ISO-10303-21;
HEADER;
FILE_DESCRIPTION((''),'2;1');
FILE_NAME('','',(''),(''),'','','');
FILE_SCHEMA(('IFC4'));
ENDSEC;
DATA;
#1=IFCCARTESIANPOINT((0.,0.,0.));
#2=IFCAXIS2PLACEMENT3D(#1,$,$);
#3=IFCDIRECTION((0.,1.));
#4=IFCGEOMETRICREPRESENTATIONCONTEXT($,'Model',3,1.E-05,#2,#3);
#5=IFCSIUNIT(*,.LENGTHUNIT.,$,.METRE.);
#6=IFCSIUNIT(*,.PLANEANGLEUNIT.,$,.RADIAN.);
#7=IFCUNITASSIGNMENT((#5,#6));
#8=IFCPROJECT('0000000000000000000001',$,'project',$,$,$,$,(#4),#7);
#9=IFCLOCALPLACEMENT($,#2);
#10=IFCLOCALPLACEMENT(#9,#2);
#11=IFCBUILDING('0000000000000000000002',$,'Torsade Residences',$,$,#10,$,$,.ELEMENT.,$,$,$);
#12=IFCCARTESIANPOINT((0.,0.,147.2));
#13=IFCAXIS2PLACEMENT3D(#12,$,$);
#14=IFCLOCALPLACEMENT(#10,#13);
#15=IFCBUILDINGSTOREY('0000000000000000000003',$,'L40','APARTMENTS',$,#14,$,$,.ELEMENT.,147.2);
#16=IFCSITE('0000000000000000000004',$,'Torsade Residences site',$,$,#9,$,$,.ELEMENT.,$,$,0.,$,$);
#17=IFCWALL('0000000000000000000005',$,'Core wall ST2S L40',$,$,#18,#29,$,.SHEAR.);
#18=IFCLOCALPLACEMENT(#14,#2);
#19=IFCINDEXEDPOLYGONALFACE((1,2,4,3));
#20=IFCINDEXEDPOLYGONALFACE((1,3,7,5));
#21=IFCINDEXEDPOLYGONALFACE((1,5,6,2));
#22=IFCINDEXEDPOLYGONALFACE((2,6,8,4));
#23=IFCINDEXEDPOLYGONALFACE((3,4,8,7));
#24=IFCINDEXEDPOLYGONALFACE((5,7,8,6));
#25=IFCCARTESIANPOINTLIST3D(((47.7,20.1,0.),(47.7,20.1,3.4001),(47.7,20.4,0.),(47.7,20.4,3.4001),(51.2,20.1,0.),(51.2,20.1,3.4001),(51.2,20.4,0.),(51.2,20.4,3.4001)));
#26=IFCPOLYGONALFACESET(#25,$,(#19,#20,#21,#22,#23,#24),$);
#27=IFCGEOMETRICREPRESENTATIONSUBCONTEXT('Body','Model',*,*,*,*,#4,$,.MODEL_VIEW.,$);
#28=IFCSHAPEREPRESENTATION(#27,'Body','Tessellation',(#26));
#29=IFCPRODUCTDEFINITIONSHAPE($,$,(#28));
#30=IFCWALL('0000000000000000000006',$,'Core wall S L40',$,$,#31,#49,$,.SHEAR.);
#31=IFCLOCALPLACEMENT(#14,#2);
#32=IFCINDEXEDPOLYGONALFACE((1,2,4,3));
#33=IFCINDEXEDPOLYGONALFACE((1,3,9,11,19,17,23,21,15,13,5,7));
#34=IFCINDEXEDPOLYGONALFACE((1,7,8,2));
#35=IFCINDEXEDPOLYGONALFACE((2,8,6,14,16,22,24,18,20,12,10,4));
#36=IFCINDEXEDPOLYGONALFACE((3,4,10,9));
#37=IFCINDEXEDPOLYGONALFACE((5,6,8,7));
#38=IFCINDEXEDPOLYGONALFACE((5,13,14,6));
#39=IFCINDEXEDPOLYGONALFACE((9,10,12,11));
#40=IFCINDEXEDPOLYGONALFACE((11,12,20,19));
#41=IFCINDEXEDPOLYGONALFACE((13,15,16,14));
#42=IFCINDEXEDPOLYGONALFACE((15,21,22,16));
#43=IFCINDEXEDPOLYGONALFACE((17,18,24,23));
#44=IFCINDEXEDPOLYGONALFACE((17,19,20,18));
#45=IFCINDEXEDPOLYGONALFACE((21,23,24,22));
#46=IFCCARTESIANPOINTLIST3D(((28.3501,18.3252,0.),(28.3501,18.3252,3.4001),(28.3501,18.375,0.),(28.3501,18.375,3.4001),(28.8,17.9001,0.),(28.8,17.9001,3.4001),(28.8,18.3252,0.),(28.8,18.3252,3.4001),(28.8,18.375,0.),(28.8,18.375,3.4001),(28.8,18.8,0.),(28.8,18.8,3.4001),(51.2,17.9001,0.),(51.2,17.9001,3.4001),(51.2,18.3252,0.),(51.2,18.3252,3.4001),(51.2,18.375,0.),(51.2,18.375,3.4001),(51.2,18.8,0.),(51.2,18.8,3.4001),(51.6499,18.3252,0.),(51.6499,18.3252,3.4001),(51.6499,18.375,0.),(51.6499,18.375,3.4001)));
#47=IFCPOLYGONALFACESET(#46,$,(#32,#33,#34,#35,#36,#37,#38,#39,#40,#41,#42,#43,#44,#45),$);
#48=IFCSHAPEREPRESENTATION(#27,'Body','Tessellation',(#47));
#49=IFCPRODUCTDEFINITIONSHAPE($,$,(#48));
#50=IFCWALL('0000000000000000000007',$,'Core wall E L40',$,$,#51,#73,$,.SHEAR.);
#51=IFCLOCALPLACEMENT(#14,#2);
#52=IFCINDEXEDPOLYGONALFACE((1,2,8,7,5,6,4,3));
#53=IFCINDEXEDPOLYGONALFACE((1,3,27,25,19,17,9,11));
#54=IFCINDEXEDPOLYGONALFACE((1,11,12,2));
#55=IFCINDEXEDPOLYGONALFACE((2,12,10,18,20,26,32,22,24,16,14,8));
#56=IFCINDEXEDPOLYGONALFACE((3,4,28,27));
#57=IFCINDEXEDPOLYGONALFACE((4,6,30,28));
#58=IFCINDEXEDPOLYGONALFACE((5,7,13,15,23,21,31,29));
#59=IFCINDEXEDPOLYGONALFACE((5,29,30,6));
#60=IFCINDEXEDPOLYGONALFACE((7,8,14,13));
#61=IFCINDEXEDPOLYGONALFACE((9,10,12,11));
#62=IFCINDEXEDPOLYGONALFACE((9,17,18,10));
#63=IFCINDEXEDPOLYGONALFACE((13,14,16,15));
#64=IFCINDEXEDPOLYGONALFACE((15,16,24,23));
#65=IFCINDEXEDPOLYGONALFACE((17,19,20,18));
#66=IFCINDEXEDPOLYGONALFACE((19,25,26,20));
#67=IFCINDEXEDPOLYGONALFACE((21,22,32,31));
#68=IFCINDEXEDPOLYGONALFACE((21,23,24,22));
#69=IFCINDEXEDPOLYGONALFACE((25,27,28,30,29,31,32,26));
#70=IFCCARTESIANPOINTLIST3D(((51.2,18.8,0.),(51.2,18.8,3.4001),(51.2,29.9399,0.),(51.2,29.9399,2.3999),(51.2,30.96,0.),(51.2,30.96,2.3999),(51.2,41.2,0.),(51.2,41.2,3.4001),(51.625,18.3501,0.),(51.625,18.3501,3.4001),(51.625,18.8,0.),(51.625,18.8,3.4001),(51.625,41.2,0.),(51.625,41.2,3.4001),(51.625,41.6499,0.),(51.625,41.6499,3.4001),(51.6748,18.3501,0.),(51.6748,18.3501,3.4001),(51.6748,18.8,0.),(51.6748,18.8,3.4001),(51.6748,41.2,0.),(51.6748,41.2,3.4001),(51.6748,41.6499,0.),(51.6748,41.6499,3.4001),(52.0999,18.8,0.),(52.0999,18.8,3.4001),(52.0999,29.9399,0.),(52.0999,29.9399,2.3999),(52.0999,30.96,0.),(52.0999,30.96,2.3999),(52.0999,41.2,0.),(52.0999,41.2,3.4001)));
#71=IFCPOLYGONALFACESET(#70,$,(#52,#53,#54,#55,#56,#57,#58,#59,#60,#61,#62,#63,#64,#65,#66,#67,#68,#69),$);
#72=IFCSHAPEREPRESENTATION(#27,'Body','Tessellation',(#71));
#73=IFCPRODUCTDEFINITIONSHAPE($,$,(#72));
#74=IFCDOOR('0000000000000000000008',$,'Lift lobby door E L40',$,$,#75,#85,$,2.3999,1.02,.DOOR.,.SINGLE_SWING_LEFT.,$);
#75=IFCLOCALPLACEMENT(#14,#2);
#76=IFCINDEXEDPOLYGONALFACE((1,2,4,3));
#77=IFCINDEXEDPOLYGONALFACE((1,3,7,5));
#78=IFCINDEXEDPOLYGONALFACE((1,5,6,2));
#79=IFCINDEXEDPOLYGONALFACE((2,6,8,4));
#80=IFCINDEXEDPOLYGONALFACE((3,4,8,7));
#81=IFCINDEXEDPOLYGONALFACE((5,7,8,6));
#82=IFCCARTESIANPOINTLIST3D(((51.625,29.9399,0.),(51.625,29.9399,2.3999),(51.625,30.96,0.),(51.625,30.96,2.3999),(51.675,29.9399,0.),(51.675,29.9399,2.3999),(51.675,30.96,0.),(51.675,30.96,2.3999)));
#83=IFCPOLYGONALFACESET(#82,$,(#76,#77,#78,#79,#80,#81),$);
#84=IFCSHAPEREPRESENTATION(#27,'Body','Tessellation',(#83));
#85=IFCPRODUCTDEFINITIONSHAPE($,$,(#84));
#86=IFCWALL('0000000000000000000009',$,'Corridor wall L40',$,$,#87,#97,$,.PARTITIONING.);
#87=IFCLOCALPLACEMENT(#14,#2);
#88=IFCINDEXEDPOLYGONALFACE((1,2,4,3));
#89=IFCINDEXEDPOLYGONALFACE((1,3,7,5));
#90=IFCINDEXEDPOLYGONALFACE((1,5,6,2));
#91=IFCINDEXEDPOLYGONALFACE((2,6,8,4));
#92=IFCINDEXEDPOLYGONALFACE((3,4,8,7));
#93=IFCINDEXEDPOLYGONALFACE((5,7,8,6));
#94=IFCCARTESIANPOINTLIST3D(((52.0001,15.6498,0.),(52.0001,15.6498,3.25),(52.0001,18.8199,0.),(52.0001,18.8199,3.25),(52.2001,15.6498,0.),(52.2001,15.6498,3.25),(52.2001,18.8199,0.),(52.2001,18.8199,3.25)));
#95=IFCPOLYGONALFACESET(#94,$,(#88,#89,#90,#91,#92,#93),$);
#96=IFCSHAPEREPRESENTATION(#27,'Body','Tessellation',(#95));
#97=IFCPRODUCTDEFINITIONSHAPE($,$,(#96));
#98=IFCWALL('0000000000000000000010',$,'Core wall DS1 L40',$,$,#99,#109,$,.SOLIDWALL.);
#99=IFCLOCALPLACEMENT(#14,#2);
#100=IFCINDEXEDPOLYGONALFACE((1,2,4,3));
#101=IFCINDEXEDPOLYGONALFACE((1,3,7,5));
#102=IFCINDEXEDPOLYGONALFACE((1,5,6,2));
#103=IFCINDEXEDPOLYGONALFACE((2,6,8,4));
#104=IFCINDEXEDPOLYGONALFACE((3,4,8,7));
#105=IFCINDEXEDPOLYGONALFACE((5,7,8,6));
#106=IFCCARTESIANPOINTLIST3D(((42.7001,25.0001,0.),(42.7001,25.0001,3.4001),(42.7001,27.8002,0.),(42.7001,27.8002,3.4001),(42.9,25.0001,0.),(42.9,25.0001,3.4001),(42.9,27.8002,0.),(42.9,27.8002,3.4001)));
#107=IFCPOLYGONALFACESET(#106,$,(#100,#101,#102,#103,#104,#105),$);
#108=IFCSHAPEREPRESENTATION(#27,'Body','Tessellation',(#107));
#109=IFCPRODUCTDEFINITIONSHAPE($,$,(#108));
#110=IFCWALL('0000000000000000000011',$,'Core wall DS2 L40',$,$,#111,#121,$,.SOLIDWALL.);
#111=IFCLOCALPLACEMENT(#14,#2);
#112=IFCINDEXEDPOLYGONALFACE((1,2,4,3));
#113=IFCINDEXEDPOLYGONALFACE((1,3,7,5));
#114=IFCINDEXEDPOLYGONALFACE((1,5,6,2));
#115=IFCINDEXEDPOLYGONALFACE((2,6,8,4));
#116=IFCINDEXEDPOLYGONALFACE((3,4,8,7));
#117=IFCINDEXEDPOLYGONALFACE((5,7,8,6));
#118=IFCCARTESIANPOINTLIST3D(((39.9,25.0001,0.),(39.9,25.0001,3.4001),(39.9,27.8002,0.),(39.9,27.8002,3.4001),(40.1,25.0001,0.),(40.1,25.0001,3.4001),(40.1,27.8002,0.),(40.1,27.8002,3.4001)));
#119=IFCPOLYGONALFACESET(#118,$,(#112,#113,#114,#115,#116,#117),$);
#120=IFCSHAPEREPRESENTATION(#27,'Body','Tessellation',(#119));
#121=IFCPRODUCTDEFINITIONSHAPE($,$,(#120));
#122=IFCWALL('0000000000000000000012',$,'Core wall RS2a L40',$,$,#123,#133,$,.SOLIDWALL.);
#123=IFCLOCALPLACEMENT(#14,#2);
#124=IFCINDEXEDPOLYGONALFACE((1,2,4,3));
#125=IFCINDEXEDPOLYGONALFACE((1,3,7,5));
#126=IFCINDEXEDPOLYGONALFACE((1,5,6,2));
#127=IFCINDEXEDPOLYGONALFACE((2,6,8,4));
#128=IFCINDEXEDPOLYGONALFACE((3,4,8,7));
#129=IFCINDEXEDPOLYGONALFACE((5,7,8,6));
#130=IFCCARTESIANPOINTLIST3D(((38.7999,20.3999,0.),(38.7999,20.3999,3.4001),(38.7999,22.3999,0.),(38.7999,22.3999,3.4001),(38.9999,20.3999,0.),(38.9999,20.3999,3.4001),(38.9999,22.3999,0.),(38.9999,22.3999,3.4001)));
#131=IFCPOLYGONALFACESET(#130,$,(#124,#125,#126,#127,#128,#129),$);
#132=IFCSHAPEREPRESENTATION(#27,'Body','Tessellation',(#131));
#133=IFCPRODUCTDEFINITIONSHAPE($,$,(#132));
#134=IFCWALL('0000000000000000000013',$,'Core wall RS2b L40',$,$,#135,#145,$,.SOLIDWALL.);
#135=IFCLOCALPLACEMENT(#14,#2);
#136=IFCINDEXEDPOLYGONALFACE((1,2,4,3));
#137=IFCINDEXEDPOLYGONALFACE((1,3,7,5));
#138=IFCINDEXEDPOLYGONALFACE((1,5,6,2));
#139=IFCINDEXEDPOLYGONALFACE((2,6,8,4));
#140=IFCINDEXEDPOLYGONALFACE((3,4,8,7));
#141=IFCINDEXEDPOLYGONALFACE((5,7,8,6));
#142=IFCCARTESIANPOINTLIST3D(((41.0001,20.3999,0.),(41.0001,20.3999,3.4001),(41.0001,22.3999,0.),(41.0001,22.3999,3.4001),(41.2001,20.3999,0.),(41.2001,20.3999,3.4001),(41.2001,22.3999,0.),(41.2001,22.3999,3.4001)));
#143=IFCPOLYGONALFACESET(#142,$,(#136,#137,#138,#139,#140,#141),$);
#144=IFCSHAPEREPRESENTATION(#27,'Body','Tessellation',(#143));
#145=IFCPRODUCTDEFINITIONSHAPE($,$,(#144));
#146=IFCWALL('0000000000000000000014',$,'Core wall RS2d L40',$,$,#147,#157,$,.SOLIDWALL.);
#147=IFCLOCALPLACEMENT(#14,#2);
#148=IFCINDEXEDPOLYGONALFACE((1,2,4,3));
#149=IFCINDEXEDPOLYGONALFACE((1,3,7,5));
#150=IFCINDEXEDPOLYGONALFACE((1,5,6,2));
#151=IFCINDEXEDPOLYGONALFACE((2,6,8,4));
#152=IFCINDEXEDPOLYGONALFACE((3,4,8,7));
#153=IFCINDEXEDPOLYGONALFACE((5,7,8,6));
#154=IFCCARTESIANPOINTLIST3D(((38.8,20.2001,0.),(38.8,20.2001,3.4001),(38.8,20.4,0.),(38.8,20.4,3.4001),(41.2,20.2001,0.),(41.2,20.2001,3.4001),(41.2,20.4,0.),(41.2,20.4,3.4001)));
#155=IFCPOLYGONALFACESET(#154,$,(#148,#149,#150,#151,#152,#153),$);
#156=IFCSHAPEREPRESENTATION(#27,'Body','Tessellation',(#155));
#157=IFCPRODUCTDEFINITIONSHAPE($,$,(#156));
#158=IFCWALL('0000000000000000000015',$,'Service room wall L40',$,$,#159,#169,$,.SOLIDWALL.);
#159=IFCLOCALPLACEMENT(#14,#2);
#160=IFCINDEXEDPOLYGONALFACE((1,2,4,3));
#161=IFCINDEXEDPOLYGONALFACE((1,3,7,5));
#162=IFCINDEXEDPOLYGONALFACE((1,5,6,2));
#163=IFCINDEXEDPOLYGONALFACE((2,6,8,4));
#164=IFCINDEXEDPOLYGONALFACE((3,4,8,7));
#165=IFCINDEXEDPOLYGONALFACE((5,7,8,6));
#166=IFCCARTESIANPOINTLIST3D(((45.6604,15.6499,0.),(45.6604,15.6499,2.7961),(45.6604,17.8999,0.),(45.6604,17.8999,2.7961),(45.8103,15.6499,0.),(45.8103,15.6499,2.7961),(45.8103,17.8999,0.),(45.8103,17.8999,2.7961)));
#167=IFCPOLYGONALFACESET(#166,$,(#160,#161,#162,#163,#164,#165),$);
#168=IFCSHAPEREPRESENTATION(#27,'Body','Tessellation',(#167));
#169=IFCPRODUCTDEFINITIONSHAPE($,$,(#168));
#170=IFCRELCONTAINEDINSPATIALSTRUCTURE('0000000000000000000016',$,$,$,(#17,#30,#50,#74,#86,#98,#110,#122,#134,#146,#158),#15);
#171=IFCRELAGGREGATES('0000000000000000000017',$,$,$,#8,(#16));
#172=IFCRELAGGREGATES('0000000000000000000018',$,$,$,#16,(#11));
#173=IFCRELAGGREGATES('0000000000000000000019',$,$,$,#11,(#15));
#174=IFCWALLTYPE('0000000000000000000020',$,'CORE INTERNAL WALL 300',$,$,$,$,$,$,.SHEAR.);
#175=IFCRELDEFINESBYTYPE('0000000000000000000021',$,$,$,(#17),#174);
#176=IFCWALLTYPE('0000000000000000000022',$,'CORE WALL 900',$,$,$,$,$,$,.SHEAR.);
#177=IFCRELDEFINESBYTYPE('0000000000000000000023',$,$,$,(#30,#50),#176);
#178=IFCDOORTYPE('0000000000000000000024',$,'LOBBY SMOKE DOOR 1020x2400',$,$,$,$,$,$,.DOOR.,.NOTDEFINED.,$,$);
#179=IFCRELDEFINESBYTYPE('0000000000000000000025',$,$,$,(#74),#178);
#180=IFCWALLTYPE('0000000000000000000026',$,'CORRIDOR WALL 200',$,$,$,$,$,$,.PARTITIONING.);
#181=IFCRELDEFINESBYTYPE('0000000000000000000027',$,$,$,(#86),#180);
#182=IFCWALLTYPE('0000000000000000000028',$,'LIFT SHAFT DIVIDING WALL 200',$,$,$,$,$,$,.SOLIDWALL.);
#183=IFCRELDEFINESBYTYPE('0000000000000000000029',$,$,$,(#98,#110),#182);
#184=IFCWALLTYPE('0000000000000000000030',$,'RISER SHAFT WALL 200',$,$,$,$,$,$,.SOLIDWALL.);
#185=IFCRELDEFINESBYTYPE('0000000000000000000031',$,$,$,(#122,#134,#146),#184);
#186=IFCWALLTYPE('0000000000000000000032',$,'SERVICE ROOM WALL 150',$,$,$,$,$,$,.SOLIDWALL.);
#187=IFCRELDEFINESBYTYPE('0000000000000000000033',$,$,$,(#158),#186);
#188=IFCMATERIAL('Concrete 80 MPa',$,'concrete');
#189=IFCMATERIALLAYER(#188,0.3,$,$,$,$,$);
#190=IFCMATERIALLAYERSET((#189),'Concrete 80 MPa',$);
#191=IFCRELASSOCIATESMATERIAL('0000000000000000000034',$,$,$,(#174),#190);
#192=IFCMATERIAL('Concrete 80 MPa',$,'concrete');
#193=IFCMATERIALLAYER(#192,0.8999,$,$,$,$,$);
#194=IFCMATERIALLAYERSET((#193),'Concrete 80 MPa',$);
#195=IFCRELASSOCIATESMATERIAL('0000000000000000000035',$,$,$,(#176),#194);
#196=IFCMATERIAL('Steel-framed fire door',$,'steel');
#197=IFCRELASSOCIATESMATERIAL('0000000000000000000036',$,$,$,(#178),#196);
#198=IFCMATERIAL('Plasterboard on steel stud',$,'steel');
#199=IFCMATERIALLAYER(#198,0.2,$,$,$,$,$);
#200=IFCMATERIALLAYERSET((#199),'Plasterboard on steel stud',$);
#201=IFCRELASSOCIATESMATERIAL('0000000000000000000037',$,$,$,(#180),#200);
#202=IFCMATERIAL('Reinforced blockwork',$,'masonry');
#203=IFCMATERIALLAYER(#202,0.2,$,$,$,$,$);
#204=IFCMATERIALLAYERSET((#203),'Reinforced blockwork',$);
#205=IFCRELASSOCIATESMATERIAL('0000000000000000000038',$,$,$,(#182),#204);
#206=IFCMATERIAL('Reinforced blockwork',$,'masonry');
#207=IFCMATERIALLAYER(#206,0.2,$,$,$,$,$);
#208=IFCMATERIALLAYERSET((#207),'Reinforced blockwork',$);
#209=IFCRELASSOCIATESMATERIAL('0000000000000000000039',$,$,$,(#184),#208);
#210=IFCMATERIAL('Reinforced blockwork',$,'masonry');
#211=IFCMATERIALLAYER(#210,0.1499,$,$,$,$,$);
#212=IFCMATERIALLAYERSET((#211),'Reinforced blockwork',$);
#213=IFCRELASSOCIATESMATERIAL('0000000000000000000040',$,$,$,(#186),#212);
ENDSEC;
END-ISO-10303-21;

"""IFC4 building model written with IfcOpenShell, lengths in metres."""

from ifc_helpers import new_model, si_unit, direction, frame, frame_2d, origin, place, context, subcontext, project, spatial, polyline, rectangle, outline, extrude, material, layer, layer_set, type_object, element, fill, save


model = new_model("IFC4")

# Units and contexts
model_context = context("Model", 3, precision=1e-05, world=origin(), true_north=direction((0.0, 1.0)))
body_context = subcontext(model_context, "Body", "Model", "MODEL_VIEW")
ifc_project = project(units=[si_unit("LENGTHUNIT", "METRE"), si_unit("PLANEANGLEUNIT", "RADIAN")], contexts=[model_context])

# Site, building, storey
site_placement = place(None, origin())
site = spatial("IfcSite", under=ifc_project, at=site_placement, Name="Torsade Residences site", CompositionType="ELEMENT", RefElevation=0.0)
building_placement = place(site_placement, origin())
building = spatial("IfcBuilding", under=site, at=building_placement, Name="Torsade Residences", CompositionType="ELEMENT")
storey_placement = place(building_placement, frame((0.0, 0.0, 147.2)))
storey = spatial("IfcBuildingStorey", under=building, at=storey_placement, Name="L40", Description="APARTMENTS", CompositionType="ELEMENT", Elevation=147.2)

# Shared definitions
ifc_material_1 = material(Name="Concrete 80 MPa", Category="concrete")
ifc_layer_1 = layer(ifc_material_1, 0.3)
ifc_layer_set_1 = layer_set([ifc_layer_1], Name="Concrete 80 MPa")
wall_type_1 = type_object("IfcWallType", Name="CORE INTERNAL WALL 300", PredefinedType="SHEAR", material=ifc_layer_set_1)

# Walls
wall_1_placement = place(storey_placement, frame((51.2, 20.25, 0.0), z_axis=(0.0, 0.0, 1.0), x_axis=(-1.0, 0.0, 0.0)))
element("IfcWall", 1, at=wall_1_placement, inside=storey, type_object=wall_type_1, Name="Core wall ST2S L40", PredefinedType="SHEAR", context=body_context, shape_type="SweptSolid", body=[
    extrude(rectangle(XDim=3.5, YDim=0.3, at=frame_2d((1.75, 0.0))), origin(), (0.0, 0.0, 1.0), 3.4001),
])
ifc_material_2 = material(Name="Concrete 80 MPa", Category="concrete")
ifc_layer_2 = layer(ifc_material_2, 0.8999)
ifc_layer_set_2 = layer_set([ifc_layer_2], Name="Concrete 80 MPa")
wall_type_2 = type_object("IfcWallType", Name="CORE WALL 900", PredefinedType="SHEAR", material=ifc_layer_set_2)
wall_2_placement = place(storey_placement, frame((51.2, 18.3501, 0.0), z_axis=(0.0, 0.0, 1.0), x_axis=(-1.0, 0.0, 0.0)))
element("IfcWall", 2, at=wall_2_placement, inside=storey, type_object=wall_type_2, Name="Core wall S L40", PredefinedType="SHEAR", context=body_context, shape_type="SweptSolid", body=[
    extrude(outline(polyline([(0.0, -0.45), (22.3999, -0.45), (22.3999, -0.0249), (22.8499, -0.0249), (22.8499, 0.0249), (22.3999, 0.0249), (22.3999, 0.45), (0.0, 0.45), (0.0, 0.0249), (-0.45, 0.0249), (-0.45, -0.0249), (0.0, -0.0249), (0.0, -0.45)])), origin(), (0.0, 0.0, 1.0), 3.4001),
])

# Wall, opening, door
wall_3_placement = place(storey_placement, frame((51.6499, 18.8, 0.0), z_axis=(0.0, 0.0, 1.0), x_axis=(0.0, 1.0, 0.0)))
wall_3 = element("IfcWall", 3, at=wall_3_placement, inside=storey, type_object=wall_type_2, Name="Core wall E L40", PredefinedType="SHEAR", context=body_context, shape_type="SweptSolid", body=[
    extrude(outline(polyline([(0.0, -0.45), (22.3999, -0.45), (22.3999, -0.0249), (22.8499, -0.0249), (22.8499, 0.0249), (22.3999, 0.0249), (22.3999, 0.45), (0.0, 0.45), (0.0, 0.0249), (-0.45, 0.0249), (-0.45, -0.0249), (0.0, -0.0249), (0.0, -0.45)])), origin(), (0.0, 0.0, 1.0), 3.4001),
])
opening_1_placement = place(wall_3_placement, frame((11.1399, 0.0, 0.0)))
opening_1 = element("IfcOpeningElement", 4, at=opening_1_placement, cuts=wall_3, PredefinedType="OPENING", context=body_context, shape_type="SweptSolid", body=[
    extrude(rectangle(XDim=1.02, YDim=2.3999, at=frame_2d((0.51, 1.2))), frame((0.0, 0.46, 0.0), z_axis=(0.0, -1.0, 0.0), x_axis=(1.0, 0.0, 0.0)), (0.0, 0.0, 1.0), 0.9199),
])
ifc_material_3 = material(Name="Steel-framed fire door", Category="steel")
door_type_1 = type_object("IfcDoorType", Name="LOBBY SMOKE DOOR 1020x2400", OperationType="NOTDEFINED", PredefinedType="DOOR", material=ifc_material_3)
door_1_placement = place(opening_1_placement, origin())
door_1 = element("IfcDoor", 5, at=door_1_placement, inside=storey, type_object=door_type_1, Name="Lift lobby door E L40", OperationType="SINGLE_SWING_LEFT", OverallHeight=2.3999, OverallWidth=1.02, PredefinedType="DOOR", context=body_context, shape_type="SweptSolid", body=[
    extrude(rectangle(XDim=1.02, YDim=2.3999, at=frame_2d((0.51, 1.2))), frame((0.0, 0.0249, 0.0), z_axis=(0.0, -1.0, 0.0), x_axis=(1.0, 0.0, 0.0)), (0.0, 0.0, 1.0), 0.05),
])
fill(opening_1, door_1)

# Walls
ifc_material_4 = material(Name="Plasterboard on steel stud", Category="steel")
ifc_layer_3 = layer(ifc_material_4, 0.2)
ifc_layer_set_3 = layer_set([ifc_layer_3], Name="Plasterboard on steel stud")
wall_type_3 = type_object("IfcWallType", Name="CORRIDOR WALL 200", PredefinedType="PARTITIONING", material=ifc_layer_set_3)
wall_4_placement = place(storey_placement, frame((52.1001, 15.6499, 0.0), z_axis=(0.0, 0.0, 1.0), x_axis=(0.0, 1.0, 0.0)))
element("IfcWall", 6, at=wall_4_placement, inside=storey, type_object=wall_type_3, Name="Corridor wall L40", PredefinedType="PARTITIONING", context=body_context, shape_type="SweptSolid", body=[
    extrude(rectangle(XDim=3.1702, YDim=0.2, at=frame_2d((1.585, 0.0))), origin(), (0.0, 0.0, 1.0), 3.25),
])
ifc_material_5 = material(Name="Reinforced blockwork", Category="masonry")
ifc_layer_4 = layer(ifc_material_5, 0.2)
ifc_layer_set_4 = layer_set([ifc_layer_4], Name="Reinforced blockwork")
wall_type_4 = type_object("IfcWallType", Name="LIFT SHAFT DIVIDING WALL 200", PredefinedType="SOLIDWALL", material=ifc_layer_set_4)
for number, where, z_axis, x_axis, name in (
    (7, (42.8, 27.8, 0.0), (0.0, 0.0, 1.0), (0.0, -1.0, 0.0), "Core wall DS1 L40"),
    (8, (40.0, 27.8, 0.0), (0.0, 0.0, 1.0), (0.0, -1.0, 0.0), "Core wall DS2 L40"),
):
    element("IfcWall", number, at=place(storey_placement, frame(where, z_axis=z_axis, x_axis=x_axis)), inside=storey, type_object=wall_type_4, Name=name, PredefinedType="SOLIDWALL", context=body_context, shape_type="SweptSolid", body=[
        extrude(rectangle(XDim=2.8, YDim=0.2, at=frame_2d((1.3999, 0.0))), origin(), (0.0, 0.0, 1.0), 3.4001),
    ])
ifc_material_6 = material(Name="Reinforced blockwork", Category="masonry")
ifc_layer_5 = layer(ifc_material_6, 0.2)
ifc_layer_set_5 = layer_set([ifc_layer_5], Name="Reinforced blockwork")
wall_type_5 = type_object("IfcWallType", Name="RISER SHAFT WALL 200", PredefinedType="SOLIDWALL", material=ifc_layer_set_5)
for number, where, z_axis, x_axis, name in (
    (9, (38.8999, 22.3999, 0.0), (0.0, 0.0, 1.0), (0.0, -1.0, 0.0), "Core wall RS2a L40"),
    (10, (41.1001, 22.3999, 0.0), (0.0, 0.0, 1.0), (0.0, -1.0, 0.0), "Core wall RS2b L40"),
):
    element("IfcWall", number, at=place(storey_placement, frame(where, z_axis=z_axis, x_axis=x_axis)), inside=storey, type_object=wall_type_5, Name=name, PredefinedType="SOLIDWALL", context=body_context, shape_type="SweptSolid", body=[
        extrude(rectangle(XDim=2.0, YDim=0.2, at=frame_2d((1.0, 0.0))), origin(), (0.0, 0.0, 1.0), 3.4001),
    ])
wall_5_placement = place(storey_placement, frame((38.8, 20.3, 0.0), z_axis=(0.0, 0.0, 1.0), x_axis=(1.0, 0.0, 0.0)))
element("IfcWall", 11, at=wall_5_placement, inside=storey, type_object=wall_type_5, Name="Core wall RS2d L40", PredefinedType="SOLIDWALL", context=body_context, shape_type="SweptSolid", body=[
    extrude(rectangle(XDim=2.3999, YDim=0.2, at=frame_2d((1.2, 0.0))), origin(), (0.0, 0.0, 1.0), 3.4001),
])
ifc_material_7 = material(Name="Reinforced blockwork", Category="masonry")
ifc_layer_6 = layer(ifc_material_7, 0.1499)
ifc_layer_set_6 = layer_set([ifc_layer_6], Name="Reinforced blockwork")
wall_type_6 = type_object("IfcWallType", Name="SERVICE ROOM WALL 150", PredefinedType="SOLIDWALL", material=ifc_layer_set_6)
wall_6_placement = place(storey_placement, frame((45.7354, 15.6499, 0.0), z_axis=(0.0, 0.0, 1.0), x_axis=(0.0, 1.0, 0.0)))
element("IfcWall", 12, at=wall_6_placement, inside=storey, type_object=wall_type_6, Name="Service room wall L40", PredefinedType="SOLIDWALL", context=body_context, shape_type="SweptSolid", body=[
    extrude(rectangle(XDim=2.25, YDim=0.1499, at=frame_2d((1.125, 0.0))), origin(), (0.0, 0.0, 1.0), 2.7961),
])

save(model, "model.ifc")
